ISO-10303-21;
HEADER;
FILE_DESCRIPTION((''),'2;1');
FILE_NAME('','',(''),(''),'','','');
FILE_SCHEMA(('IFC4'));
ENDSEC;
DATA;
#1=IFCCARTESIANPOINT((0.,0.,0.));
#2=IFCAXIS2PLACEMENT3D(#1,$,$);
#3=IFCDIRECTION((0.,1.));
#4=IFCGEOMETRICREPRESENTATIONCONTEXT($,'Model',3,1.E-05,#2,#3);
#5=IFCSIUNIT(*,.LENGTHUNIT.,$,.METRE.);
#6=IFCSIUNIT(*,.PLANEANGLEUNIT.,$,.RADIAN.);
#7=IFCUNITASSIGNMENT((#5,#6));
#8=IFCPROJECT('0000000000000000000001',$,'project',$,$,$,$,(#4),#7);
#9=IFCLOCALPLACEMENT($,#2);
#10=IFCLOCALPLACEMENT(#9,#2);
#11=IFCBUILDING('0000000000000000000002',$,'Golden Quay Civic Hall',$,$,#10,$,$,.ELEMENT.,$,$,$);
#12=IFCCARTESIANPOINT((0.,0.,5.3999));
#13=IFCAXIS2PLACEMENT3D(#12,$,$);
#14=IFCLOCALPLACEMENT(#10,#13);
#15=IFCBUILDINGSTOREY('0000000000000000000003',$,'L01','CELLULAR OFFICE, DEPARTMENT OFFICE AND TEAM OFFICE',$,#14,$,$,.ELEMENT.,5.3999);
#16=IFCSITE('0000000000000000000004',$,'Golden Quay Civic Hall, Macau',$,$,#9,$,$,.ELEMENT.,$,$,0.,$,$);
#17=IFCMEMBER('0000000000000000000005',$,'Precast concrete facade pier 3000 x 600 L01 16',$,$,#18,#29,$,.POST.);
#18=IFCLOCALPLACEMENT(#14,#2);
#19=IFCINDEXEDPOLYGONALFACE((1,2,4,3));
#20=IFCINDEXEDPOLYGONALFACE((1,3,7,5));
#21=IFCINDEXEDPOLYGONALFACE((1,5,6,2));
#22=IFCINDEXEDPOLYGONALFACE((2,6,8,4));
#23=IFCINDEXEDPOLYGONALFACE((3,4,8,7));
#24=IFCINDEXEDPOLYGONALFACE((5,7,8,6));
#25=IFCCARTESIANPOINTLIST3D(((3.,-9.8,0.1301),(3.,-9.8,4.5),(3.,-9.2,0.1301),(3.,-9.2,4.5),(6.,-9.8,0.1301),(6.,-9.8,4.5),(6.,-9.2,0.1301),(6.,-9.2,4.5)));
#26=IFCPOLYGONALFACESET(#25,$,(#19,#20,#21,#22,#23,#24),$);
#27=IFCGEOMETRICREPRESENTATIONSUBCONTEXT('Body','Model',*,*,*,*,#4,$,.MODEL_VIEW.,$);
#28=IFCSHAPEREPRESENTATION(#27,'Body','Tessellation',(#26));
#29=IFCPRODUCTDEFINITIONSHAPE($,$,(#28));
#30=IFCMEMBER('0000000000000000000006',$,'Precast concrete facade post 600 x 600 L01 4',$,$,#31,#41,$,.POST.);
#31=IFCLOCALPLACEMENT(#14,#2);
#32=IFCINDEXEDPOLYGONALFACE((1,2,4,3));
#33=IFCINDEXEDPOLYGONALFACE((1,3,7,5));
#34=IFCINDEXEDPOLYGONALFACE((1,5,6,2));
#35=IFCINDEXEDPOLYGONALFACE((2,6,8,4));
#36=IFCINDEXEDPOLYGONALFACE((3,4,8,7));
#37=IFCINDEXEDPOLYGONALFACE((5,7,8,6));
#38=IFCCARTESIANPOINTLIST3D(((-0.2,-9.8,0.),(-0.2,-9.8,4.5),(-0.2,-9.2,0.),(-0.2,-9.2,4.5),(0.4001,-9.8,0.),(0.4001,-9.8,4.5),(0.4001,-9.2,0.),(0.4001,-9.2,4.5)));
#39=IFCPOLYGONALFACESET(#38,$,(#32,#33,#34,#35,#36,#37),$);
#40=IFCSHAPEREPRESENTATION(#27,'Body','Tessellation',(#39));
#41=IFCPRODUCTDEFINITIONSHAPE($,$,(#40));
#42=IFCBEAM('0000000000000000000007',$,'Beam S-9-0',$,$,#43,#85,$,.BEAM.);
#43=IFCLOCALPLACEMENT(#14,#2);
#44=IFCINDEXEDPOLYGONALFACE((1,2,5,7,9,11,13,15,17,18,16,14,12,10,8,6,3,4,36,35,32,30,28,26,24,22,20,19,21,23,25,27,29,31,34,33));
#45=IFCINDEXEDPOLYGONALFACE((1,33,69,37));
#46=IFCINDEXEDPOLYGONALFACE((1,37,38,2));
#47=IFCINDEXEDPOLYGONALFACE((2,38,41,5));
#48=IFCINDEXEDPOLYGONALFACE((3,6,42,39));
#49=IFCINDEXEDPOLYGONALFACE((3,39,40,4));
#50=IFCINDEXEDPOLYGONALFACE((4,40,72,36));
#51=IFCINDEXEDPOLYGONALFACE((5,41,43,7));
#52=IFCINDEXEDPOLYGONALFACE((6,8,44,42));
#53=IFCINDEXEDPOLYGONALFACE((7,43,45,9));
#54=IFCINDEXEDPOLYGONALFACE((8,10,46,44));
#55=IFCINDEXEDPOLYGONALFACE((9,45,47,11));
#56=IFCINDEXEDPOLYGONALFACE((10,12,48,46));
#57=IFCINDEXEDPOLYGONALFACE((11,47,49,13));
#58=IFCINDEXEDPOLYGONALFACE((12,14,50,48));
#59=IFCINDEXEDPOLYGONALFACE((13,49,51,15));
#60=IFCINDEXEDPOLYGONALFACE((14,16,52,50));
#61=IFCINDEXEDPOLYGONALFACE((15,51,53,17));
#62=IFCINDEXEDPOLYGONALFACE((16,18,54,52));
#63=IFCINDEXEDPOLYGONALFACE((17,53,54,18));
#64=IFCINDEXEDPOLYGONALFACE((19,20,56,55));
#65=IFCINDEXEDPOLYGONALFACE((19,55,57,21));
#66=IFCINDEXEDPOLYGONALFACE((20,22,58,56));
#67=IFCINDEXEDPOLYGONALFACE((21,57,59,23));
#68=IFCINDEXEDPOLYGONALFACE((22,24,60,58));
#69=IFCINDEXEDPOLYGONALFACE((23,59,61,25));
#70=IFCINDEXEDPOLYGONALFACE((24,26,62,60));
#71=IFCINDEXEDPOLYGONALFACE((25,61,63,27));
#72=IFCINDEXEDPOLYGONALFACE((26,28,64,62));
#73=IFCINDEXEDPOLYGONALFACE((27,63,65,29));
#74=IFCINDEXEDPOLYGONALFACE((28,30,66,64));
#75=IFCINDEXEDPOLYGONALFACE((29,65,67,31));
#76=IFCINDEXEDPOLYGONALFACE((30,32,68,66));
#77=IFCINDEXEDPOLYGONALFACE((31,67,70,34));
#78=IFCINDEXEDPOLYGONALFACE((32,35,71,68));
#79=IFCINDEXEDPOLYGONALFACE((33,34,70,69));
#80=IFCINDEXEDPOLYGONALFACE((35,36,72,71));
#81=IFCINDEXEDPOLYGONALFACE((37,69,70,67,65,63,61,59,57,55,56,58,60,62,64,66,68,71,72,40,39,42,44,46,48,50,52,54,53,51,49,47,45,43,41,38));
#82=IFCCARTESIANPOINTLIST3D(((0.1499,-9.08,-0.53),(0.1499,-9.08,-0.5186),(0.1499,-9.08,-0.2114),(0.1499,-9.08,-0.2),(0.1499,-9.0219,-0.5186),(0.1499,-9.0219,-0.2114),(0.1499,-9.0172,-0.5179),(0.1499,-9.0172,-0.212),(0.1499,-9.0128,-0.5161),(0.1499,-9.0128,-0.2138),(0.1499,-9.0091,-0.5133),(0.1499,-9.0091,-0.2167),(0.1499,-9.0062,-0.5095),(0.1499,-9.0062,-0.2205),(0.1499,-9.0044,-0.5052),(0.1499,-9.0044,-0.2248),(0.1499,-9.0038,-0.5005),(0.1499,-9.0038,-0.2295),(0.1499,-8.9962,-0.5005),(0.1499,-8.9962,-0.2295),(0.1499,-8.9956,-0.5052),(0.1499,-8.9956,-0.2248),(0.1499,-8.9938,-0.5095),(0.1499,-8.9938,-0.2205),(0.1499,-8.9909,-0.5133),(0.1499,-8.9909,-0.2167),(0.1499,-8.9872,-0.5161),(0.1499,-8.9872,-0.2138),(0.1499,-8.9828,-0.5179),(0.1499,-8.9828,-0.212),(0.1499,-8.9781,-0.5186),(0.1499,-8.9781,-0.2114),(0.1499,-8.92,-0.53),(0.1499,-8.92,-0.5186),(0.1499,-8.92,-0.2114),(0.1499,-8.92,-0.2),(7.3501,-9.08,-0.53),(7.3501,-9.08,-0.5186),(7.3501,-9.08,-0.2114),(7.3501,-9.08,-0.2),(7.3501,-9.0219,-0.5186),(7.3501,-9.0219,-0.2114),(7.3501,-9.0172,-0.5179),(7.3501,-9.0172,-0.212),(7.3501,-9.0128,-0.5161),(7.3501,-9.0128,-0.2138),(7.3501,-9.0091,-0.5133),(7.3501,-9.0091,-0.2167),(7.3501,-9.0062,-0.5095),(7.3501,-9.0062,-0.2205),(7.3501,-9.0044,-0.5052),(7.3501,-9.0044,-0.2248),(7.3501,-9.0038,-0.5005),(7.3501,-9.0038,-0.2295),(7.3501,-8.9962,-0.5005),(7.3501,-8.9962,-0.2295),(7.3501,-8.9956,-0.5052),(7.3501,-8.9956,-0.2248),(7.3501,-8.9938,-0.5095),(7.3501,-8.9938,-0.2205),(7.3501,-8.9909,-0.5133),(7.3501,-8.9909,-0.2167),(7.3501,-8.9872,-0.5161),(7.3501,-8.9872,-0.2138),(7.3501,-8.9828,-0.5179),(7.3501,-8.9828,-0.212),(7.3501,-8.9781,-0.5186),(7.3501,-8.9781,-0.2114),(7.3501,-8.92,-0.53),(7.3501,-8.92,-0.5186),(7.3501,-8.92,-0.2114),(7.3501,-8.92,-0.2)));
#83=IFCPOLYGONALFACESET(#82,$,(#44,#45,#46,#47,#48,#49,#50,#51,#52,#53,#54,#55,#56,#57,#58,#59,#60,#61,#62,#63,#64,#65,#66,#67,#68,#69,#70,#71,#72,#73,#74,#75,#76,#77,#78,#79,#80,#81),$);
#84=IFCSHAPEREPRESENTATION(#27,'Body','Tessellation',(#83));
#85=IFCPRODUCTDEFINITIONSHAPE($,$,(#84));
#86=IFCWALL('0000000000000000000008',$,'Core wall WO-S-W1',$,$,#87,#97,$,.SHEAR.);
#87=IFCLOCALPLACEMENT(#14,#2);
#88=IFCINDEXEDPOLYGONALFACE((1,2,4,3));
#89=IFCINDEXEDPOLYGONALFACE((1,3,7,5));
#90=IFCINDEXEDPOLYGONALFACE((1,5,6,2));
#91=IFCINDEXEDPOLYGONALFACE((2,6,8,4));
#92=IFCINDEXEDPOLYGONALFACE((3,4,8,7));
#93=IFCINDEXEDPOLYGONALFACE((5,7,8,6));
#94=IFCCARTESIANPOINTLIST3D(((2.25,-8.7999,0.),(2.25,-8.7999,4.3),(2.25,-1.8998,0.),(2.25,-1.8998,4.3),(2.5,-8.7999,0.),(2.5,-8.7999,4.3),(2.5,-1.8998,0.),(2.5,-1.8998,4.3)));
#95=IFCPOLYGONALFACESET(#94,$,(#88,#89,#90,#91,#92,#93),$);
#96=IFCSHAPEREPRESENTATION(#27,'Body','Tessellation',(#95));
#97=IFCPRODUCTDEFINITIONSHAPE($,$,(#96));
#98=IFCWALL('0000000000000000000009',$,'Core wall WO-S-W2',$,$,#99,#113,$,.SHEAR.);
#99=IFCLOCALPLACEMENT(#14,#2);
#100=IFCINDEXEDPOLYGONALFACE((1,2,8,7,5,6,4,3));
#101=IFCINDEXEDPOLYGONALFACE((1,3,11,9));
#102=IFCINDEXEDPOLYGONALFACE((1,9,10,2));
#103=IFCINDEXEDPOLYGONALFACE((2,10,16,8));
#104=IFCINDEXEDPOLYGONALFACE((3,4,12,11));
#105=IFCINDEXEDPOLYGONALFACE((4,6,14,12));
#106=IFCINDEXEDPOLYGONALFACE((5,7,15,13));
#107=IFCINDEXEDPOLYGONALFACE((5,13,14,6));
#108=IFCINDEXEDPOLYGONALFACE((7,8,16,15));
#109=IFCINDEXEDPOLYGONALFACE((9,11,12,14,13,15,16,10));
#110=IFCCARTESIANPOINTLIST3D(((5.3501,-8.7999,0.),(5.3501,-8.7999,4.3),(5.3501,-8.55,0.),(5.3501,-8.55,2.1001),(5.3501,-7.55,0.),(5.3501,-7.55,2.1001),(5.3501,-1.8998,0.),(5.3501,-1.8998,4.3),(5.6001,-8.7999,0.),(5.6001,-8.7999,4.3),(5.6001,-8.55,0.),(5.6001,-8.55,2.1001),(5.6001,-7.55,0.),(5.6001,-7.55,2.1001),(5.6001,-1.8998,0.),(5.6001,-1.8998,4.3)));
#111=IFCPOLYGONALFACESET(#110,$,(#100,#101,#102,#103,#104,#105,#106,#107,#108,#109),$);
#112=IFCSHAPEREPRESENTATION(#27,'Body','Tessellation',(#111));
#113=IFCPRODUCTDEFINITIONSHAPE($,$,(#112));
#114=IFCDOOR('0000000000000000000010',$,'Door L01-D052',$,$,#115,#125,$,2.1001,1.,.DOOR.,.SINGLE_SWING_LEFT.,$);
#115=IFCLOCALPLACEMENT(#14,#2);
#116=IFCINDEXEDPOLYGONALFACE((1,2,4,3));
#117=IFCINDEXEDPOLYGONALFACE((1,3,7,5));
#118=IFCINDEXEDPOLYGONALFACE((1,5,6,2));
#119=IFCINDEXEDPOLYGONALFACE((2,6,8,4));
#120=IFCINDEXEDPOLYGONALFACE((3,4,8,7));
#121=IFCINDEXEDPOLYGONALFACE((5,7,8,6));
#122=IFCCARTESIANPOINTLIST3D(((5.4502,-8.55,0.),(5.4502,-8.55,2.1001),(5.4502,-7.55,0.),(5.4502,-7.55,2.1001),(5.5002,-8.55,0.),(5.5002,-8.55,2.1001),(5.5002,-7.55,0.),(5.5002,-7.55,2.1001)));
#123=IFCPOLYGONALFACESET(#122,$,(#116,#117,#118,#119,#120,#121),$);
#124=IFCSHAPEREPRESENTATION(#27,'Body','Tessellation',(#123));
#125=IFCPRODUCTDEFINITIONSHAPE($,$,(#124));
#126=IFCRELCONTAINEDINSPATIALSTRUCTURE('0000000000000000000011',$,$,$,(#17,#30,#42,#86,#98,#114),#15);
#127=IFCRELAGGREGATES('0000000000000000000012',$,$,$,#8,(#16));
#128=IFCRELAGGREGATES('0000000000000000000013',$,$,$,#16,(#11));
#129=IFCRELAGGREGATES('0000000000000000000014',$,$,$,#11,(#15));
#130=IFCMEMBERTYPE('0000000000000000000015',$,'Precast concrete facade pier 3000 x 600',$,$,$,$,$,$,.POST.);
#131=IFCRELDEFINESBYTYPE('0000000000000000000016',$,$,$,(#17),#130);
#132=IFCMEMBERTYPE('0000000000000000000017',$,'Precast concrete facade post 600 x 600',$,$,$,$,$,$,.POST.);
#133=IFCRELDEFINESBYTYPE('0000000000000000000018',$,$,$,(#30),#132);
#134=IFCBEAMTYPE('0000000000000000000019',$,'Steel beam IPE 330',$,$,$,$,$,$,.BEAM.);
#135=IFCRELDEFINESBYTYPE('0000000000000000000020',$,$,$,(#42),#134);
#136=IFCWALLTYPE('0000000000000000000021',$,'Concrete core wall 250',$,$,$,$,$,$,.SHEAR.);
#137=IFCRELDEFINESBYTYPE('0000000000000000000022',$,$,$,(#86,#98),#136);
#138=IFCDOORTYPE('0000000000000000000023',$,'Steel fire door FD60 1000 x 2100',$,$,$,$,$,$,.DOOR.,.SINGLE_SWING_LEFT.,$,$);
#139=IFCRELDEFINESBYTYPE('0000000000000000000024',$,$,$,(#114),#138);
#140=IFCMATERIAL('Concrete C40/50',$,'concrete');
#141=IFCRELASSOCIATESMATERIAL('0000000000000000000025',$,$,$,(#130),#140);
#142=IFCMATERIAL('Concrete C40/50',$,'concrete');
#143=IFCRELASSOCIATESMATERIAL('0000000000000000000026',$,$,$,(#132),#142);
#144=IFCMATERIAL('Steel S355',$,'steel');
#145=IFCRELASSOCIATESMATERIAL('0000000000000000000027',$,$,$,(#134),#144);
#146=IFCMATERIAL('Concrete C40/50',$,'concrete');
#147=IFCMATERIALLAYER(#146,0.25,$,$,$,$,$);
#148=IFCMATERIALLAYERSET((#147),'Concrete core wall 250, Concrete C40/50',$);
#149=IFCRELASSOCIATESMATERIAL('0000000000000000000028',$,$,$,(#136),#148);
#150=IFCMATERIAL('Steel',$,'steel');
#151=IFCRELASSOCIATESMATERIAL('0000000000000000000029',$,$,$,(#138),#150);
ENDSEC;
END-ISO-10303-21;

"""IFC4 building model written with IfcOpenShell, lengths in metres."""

from ifc_helpers import new_model, si_unit, direction, frame, frame_2d, origin, origin_2d, place, context, subcontext, project, spatial, rectangle, i_section, extrude, material, layer, layer_set, material_profile, profile_set, type_object, element, fill, save


model = new_model("IFC4")

# Units and contexts
model_context = context("Model", 3, precision=1e-05, world=origin(), true_north=direction((0.0, 1.0)))
body_context = subcontext(model_context, "Body", "Model", "MODEL_VIEW")
ifc_project = project(units=[si_unit("LENGTHUNIT", "METRE"), si_unit("PLANEANGLEUNIT", "RADIAN")], contexts=[model_context])

# Site, building, storey
site_placement = place(None, origin())
site = spatial("IfcSite", under=ifc_project, at=site_placement, Name="Golden Quay Civic Hall, Macau", CompositionType="ELEMENT", RefElevation=0.0)
building_placement = place(site_placement, origin())
building = spatial("IfcBuilding", under=site, at=building_placement, Name="Golden Quay Civic Hall", CompositionType="ELEMENT")
storey_placement = place(building_placement, frame((0.0, 0.0, 5.3999)))
storey = spatial("IfcBuildingStorey", under=building, at=storey_placement, Name="L01", Description="CELLULAR OFFICE, DEPARTMENT OFFICE AND TEAM OFFICE", CompositionType="ELEMENT", Elevation=5.3999)

# Members
ifc_material_1 = material(Name="Concrete C40/50", Category="concrete")
ifc_material_profile_1 = material_profile(ifc_material_1, rectangle(XDim=3.0, YDim=0.6001, at=origin_2d()), Name="RC 3000x600")
ifc_profile_set_1 = profile_set([ifc_material_profile_1], Name="Concrete C40/50")
member_type_1 = type_object("IfcMemberType", Name="Precast concrete facade pier 3000 x 600", PredefinedType="POST", material=ifc_profile_set_1)
member_1_placement = place(storey_placement, frame((4.5, -9.5, 0.1301), z_axis=(0.0, 0.0, 1.0), x_axis=(1.0, 0.0, 0.0)))
element("IfcMember", 1, at=member_1_placement, inside=storey, type_object=member_type_1, Name="Precast concrete facade pier 3000 x 600 L01 16", PredefinedType="POST", context=body_context, shape_type="SweptSolid", body=[
    extrude(rectangle(XDim=3.0, YDim=0.6001, at=origin_2d()), origin(), (0.0, 0.0, 1.0), 4.3699),
])
ifc_material_2 = material(Name="Concrete C40/50", Category="concrete")
ifc_material_profile_2 = material_profile(ifc_material_2, rectangle(XDim=0.6001, YDim=0.6001, at=origin_2d()), Name="RC 600x600")
ifc_profile_set_2 = profile_set([ifc_material_profile_2], Name="Concrete C40/50")
member_type_2 = type_object("IfcMemberType", Name="Precast concrete facade post 600 x 600", PredefinedType="POST", material=ifc_profile_set_2)
member_2_placement = place(storey_placement, frame((0.1001, -9.5, 0.0), z_axis=(0.0, 0.0, 1.0), x_axis=(1.0, 0.0, 0.0)))
element("IfcMember", 2, at=member_2_placement, inside=storey, type_object=member_type_2, Name="Precast concrete facade post 600 x 600 L01 4", PredefinedType="POST", context=body_context, shape_type="SweptSolid", body=[
    extrude(rectangle(XDim=0.6001, YDim=0.6001, at=origin_2d()), origin(), (0.0, 0.0, 1.0), 4.5),
])

# Beam
ifc_material_3 = material(Name="Steel S355", Category="steel")
ifc_material_profile_3 = material_profile(ifc_material_3, i_section(OverallWidth=0.1599, OverallDepth=0.3301, WebThickness=0.0076, FlangeThickness=0.0115, FilletRadius=0.0181, at=origin_2d()), Name="IPE 330")
ifc_profile_set_3 = profile_set([ifc_material_profile_3], Name="Steel S355")
beam_type = type_object("IfcBeamType", Name="Steel beam IPE 330", PredefinedType="BEAM", material=ifc_profile_set_3)
beam_placement = place(storey_placement, frame((0.1499, -9.0, -0.365), z_axis=(1.0, 0.0, 0.0), x_axis=(0.0, 1.0, 0.0)))
element("IfcBeam", 3, at=beam_placement, inside=storey, type_object=beam_type, Name="Beam S-9-0", PredefinedType="BEAM", context=body_context, shape_type="SweptSolid", body=[
    extrude(i_section(OverallWidth=0.1599, OverallDepth=0.3301, WebThickness=0.0076, FlangeThickness=0.0115, FilletRadius=0.0181, at=origin_2d()), origin(), (0.0, 0.0, 1.0), 7.2002),
])

# Wall
ifc_material_4 = material(Name="Concrete C40/50", Category="concrete")
ifc_layer = layer(ifc_material_4, 0.25)
ifc_layer_set = layer_set([ifc_layer], Name="Concrete core wall 250, Concrete C40/50")
wall_type = type_object("IfcWallType", Name="Concrete core wall 250", PredefinedType="SHEAR", material=ifc_layer_set)
wall_1_placement = place(storey_placement, frame((2.375, -8.8, 0.0), z_axis=(0.0, 0.0, 1.0), x_axis=(0.0, 1.0, 0.0)))
element("IfcWall", 4, at=wall_1_placement, inside=storey, type_object=wall_type, Name="Core wall WO-S-W1", PredefinedType="SHEAR", context=body_context, shape_type="SweptSolid", body=[
    extrude(rectangle(XDim=6.9001, YDim=0.25, at=frame_2d((3.4502, 0.0))), origin(), (0.0, 0.0, 1.0), 4.3),
])

# Wall, opening, door
wall_2_placement = place(storey_placement, frame((5.4751, -8.8, 0.0), z_axis=(0.0, 0.0, 1.0), x_axis=(0.0, 1.0, 0.0)))
wall_2 = element("IfcWall", 5, at=wall_2_placement, inside=storey, type_object=wall_type, Name="Core wall WO-S-W2", PredefinedType="SHEAR", context=body_context, shape_type="SweptSolid", body=[
    extrude(rectangle(XDim=6.9001, YDim=0.25, at=frame_2d((3.4502, 0.0))), origin(), (0.0, 0.0, 1.0), 4.3),
])
opening_placement = place(wall_2_placement, frame((0.25, 0.0, 0.0)))
opening = element("IfcOpeningElement", 6, at=opening_placement, cuts=wall_2, PredefinedType="OPENING", context=body_context, shape_type="SweptSolid", body=[
    extrude(rectangle(XDim=1.0, YDim=2.1001, at=frame_2d((0.5, 1.05))), frame((0.0, 0.135, 0.0), z_axis=(0.0, -1.0, 0.0), x_axis=(1.0, 0.0, 0.0)), (0.0, 0.0, 1.0), 0.27),
])
ifc_material_5 = material(Name="Steel", Category="steel")
door_type = type_object("IfcDoorType", Name="Steel fire door FD60 1000 x 2100", OperationType="SINGLE_SWING_LEFT", PredefinedType="DOOR", material=ifc_material_5)
door_placement = place(opening_placement, origin())
door = element("IfcDoor", 7, at=door_placement, inside=storey, type_object=door_type, Name="Door L01-D052", OperationType="SINGLE_SWING_LEFT", OverallHeight=2.1001, OverallWidth=1.0, PredefinedType="DOOR", context=body_context, shape_type="SweptSolid", body=[
    extrude(rectangle(XDim=1.0, YDim=2.1001, at=frame_2d((0.5, 1.05))), frame((0.0, 0.0249, 0.0), z_axis=(0.0, -1.0, 0.0), x_axis=(1.0, 0.0, 0.0)), (0.0, 0.0, 1.0), 0.05),
])
fill(opening, door)

save(model, "model.ifc")
